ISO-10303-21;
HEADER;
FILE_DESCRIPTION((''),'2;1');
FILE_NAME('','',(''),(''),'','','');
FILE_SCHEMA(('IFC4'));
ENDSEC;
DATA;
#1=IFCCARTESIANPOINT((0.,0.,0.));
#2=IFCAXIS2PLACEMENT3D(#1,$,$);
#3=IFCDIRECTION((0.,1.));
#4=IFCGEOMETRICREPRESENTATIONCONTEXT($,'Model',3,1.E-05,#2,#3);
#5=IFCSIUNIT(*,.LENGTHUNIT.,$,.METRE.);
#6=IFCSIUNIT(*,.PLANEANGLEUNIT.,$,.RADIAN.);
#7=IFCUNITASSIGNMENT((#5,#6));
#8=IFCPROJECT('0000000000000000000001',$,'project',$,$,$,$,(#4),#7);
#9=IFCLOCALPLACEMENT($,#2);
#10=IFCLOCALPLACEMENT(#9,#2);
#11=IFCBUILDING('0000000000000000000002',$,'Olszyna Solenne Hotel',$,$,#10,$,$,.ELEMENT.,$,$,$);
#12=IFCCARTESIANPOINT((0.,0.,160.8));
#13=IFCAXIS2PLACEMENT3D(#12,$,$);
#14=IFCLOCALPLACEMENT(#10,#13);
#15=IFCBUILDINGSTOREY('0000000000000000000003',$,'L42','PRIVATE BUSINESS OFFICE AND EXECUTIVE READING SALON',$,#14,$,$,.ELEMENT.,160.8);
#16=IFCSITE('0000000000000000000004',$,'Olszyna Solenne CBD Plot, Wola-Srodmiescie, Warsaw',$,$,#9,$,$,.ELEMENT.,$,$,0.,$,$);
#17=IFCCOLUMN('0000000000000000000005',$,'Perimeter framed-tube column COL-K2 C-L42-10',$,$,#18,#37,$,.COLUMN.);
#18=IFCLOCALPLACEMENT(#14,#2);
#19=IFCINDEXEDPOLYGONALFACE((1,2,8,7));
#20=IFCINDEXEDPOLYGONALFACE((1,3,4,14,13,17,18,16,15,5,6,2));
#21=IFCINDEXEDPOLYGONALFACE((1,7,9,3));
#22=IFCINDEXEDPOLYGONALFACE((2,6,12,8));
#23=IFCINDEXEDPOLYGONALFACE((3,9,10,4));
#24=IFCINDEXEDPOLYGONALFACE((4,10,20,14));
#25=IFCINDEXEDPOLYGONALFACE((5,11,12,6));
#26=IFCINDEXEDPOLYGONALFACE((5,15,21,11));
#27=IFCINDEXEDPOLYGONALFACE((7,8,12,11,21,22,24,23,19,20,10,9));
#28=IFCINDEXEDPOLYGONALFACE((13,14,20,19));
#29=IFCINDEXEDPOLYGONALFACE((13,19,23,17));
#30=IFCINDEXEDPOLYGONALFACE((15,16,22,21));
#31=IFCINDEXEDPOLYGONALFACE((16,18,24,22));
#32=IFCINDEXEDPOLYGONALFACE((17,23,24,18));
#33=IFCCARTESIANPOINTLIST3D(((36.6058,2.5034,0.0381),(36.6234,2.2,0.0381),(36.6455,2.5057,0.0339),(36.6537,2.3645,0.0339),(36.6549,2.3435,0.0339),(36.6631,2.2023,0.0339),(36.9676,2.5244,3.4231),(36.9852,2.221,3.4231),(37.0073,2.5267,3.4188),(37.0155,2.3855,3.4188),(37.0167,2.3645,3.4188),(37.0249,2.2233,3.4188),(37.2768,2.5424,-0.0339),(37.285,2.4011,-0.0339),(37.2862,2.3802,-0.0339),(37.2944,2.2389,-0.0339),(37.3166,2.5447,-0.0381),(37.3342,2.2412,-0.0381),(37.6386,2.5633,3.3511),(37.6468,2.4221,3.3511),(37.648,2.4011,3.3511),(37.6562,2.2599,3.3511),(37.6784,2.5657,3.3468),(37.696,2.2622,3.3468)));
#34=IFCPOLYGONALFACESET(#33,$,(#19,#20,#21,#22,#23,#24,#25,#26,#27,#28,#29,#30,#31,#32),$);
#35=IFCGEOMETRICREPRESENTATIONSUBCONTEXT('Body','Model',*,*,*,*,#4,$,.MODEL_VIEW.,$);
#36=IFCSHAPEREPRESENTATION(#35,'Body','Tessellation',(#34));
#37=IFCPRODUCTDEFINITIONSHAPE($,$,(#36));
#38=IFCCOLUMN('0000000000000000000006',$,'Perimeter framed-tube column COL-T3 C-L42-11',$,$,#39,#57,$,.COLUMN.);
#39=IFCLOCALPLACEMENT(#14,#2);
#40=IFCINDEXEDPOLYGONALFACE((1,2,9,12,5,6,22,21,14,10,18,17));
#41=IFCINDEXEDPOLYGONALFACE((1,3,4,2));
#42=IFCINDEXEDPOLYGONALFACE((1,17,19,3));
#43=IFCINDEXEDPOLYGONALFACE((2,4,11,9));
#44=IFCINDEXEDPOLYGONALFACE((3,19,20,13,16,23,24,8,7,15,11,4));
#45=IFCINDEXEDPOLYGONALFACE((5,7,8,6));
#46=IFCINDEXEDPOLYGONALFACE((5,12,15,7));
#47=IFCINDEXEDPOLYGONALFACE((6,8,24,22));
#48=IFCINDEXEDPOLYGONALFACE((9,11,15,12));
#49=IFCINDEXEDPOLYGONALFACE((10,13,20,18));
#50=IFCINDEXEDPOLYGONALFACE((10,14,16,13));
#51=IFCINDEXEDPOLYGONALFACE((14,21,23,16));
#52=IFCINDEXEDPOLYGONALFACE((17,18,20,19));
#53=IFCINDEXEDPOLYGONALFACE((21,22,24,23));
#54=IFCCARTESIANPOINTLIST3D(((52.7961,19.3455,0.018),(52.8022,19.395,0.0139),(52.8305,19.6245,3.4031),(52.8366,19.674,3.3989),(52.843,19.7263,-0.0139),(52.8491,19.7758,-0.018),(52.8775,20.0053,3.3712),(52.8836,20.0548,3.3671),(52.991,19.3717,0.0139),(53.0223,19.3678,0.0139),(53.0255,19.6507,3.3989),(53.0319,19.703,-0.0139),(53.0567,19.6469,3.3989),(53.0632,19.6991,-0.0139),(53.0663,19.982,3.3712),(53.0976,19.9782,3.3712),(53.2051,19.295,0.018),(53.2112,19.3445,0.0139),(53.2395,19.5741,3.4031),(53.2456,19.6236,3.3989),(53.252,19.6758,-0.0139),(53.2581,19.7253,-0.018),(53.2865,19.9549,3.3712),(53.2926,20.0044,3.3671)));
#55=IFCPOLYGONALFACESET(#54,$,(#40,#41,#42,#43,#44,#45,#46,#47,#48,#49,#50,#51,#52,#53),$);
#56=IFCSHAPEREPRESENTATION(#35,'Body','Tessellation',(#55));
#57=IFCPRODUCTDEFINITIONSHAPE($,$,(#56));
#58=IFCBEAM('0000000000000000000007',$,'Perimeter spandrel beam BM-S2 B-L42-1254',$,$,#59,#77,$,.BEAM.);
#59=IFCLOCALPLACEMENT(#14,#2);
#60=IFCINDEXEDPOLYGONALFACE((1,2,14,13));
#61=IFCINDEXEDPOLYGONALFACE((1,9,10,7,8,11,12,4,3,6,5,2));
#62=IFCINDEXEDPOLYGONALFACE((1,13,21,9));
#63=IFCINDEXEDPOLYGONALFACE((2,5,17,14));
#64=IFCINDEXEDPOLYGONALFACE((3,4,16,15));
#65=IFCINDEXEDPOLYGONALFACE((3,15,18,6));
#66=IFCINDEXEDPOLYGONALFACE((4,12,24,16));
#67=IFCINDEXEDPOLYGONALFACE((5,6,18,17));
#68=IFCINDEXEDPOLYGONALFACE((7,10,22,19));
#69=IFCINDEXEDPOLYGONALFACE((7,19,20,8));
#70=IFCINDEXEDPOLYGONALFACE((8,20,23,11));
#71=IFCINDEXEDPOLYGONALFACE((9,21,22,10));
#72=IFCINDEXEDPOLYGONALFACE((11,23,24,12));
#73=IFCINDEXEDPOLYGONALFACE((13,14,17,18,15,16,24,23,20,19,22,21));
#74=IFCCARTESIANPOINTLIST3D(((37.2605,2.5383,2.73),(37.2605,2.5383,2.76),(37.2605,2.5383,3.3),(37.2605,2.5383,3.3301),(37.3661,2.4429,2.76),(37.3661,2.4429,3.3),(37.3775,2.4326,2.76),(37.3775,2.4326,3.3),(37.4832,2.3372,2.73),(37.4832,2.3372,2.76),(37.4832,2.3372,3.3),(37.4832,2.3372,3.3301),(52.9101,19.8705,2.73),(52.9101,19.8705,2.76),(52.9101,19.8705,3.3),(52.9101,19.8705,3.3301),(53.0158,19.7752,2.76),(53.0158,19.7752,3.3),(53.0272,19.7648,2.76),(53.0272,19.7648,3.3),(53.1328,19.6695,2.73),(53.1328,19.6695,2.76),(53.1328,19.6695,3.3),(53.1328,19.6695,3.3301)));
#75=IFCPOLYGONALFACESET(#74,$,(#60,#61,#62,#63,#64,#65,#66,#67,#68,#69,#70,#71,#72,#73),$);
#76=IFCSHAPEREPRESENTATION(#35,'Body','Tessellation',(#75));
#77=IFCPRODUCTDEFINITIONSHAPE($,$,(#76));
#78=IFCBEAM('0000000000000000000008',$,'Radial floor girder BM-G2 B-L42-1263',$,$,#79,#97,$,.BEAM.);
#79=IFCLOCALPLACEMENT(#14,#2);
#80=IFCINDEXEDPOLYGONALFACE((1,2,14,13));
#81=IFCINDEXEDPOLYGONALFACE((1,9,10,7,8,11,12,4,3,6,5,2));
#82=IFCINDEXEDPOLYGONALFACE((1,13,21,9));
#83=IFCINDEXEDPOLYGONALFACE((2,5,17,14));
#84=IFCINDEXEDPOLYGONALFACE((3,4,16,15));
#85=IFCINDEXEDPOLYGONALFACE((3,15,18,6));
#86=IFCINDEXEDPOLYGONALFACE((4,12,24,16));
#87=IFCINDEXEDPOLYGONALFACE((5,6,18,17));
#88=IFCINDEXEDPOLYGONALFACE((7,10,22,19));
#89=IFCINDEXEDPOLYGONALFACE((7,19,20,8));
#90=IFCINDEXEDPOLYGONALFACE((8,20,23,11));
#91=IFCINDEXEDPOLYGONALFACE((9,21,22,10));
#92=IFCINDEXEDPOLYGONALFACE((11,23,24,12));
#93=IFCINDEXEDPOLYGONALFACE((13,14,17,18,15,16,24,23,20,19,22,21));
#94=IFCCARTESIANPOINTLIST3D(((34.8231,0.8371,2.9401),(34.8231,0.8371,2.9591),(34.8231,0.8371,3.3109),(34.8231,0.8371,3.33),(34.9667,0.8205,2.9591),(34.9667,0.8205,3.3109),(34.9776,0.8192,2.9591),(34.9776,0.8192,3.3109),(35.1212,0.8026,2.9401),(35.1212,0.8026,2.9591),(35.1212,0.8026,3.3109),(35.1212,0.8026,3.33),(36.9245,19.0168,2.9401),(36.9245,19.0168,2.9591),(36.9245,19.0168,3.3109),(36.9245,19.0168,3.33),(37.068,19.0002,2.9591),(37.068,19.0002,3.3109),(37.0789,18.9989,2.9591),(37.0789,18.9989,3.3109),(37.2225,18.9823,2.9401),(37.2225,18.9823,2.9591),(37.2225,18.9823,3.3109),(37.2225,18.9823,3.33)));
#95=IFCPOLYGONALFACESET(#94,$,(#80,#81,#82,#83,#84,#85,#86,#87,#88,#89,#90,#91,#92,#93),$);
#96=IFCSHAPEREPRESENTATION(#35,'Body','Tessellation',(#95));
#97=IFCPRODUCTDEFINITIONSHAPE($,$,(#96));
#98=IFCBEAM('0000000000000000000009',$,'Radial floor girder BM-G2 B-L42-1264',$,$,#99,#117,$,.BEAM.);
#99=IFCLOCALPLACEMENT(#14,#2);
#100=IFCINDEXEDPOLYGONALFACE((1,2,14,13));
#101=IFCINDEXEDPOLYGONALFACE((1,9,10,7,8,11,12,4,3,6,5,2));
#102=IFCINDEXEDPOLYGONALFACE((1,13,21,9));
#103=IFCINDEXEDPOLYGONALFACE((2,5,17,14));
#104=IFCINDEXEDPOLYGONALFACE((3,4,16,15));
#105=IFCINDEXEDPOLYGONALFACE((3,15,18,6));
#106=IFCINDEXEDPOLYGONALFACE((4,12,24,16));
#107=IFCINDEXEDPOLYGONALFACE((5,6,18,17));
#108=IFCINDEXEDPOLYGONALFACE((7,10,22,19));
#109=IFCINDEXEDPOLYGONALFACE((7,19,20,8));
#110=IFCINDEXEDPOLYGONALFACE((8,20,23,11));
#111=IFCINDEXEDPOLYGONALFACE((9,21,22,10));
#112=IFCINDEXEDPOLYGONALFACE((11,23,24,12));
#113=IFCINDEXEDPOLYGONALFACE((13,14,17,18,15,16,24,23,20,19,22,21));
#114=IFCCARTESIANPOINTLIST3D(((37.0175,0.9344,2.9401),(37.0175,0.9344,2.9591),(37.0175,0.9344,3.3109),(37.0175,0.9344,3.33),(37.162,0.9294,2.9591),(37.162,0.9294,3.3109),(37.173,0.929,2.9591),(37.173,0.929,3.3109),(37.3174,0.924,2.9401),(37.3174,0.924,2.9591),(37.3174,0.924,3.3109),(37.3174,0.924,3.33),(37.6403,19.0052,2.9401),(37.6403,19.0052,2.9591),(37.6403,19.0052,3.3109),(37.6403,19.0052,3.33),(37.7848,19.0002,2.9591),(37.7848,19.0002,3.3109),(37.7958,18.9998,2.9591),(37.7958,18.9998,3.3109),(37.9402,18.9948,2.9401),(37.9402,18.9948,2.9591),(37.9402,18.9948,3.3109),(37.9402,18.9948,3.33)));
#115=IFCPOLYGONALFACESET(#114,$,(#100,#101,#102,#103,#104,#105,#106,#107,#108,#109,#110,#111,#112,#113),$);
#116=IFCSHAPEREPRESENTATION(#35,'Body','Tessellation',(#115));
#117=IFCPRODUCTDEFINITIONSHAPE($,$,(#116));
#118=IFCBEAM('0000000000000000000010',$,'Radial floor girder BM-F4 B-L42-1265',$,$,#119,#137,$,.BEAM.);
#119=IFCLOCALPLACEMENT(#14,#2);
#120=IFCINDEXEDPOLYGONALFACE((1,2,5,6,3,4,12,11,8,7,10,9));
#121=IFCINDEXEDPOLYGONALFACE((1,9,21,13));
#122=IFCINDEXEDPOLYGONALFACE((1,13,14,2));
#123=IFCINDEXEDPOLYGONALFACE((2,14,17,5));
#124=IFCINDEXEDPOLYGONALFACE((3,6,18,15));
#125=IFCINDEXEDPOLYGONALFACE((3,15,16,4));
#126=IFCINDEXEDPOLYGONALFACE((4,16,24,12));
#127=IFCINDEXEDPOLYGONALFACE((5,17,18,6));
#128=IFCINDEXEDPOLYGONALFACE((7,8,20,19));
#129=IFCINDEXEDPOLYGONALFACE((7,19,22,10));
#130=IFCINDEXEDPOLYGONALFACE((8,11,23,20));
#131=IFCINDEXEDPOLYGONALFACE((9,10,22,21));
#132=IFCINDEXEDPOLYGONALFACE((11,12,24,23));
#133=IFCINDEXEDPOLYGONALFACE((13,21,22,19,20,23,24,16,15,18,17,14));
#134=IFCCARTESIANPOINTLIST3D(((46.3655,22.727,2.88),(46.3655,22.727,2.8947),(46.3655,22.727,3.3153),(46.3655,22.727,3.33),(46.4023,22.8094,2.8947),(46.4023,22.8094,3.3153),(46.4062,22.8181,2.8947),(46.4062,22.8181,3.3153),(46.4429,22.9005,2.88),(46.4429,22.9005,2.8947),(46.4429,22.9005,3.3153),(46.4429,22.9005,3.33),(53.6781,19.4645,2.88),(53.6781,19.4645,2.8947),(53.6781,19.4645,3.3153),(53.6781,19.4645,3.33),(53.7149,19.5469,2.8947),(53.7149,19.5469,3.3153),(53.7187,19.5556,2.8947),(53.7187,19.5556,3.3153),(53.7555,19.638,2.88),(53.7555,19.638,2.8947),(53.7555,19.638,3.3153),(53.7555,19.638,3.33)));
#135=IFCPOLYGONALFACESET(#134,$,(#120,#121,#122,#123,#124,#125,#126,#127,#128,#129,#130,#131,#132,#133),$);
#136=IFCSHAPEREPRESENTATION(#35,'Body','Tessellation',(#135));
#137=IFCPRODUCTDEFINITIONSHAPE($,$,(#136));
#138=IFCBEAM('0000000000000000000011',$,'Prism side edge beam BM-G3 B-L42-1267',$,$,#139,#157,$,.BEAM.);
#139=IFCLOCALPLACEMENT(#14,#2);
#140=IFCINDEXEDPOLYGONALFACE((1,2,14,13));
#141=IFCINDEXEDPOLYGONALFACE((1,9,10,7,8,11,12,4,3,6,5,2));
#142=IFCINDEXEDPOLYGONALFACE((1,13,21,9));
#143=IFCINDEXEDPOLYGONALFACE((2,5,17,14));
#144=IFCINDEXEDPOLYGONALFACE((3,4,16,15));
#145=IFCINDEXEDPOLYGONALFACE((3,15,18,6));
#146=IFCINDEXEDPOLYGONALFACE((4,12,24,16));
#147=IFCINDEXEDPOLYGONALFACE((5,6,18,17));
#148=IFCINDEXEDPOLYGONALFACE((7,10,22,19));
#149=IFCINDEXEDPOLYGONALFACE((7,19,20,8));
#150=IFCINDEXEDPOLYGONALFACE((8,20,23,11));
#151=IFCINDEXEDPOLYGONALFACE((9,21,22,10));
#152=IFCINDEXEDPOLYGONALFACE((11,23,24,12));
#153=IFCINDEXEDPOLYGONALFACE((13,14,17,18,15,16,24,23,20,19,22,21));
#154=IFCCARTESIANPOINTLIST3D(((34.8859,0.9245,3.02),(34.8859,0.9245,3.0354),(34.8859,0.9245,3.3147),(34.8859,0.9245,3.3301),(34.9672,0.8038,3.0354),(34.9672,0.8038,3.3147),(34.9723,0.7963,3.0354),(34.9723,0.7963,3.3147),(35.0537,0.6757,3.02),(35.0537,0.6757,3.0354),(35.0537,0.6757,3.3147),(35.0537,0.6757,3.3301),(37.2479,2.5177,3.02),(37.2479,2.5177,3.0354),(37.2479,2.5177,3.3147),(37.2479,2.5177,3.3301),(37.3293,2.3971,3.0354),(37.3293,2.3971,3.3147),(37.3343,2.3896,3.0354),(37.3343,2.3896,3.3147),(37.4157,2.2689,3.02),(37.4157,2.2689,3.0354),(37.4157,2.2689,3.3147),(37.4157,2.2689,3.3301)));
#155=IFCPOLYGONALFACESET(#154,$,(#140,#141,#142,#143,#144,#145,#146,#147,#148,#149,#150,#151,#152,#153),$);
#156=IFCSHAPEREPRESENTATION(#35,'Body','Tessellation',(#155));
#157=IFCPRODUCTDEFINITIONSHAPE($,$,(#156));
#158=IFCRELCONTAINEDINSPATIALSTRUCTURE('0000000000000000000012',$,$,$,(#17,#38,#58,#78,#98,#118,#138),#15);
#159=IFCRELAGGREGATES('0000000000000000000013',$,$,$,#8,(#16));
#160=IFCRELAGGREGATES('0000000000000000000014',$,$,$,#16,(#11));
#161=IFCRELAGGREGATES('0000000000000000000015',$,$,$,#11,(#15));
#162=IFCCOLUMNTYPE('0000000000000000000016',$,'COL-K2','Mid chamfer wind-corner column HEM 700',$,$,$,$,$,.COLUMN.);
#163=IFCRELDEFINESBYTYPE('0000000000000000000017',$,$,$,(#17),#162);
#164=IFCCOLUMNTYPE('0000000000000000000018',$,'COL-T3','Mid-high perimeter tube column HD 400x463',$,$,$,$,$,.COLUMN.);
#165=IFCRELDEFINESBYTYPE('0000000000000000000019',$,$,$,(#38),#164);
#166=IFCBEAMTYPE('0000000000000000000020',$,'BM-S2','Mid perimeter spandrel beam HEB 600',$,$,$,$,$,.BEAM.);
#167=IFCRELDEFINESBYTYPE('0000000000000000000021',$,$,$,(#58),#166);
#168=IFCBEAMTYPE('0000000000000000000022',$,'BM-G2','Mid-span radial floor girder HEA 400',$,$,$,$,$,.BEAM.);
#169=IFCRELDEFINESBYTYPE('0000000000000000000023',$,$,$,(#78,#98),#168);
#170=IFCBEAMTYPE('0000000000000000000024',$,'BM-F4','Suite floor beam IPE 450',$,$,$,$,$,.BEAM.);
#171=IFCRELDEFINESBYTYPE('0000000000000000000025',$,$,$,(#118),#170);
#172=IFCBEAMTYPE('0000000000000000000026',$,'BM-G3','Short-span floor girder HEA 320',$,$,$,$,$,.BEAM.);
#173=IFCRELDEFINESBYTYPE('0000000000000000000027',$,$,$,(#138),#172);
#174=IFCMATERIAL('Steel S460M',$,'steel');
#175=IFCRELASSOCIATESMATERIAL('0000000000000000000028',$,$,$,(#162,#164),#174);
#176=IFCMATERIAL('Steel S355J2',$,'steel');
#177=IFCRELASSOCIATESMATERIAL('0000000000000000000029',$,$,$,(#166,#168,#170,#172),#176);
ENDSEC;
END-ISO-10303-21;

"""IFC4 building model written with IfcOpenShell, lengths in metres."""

from ifc_helpers import new_model, si_unit, direction, frame, origin, origin_2d, place, context, subcontext, project, spatial, i_section, extrude, source, transform, mapped, material, material_profile, profile_set, type_object, element, save


model = new_model("IFC4")

# Units and contexts
model_context = context("Model", 3, precision=1e-05, world=origin(), true_north=direction((0.0, 1.0)))
body_context = subcontext(model_context, "Body", "Model", "MODEL_VIEW")
ifc_project = project(units=[si_unit("LENGTHUNIT", "METRE"), si_unit("PLANEANGLEUNIT", "RADIAN")], contexts=[model_context])

# Site, building, storey
site_placement = place(None, origin())
site = spatial("IfcSite", under=ifc_project, at=site_placement, Name="Olszyna Solenne CBD Plot, Wola-Srodmiescie, Warsaw", CompositionType="ELEMENT", RefElevation=0.0)
building_placement = place(site_placement, origin())
building = spatial("IfcBuilding", under=site, at=building_placement, Name="Olszyna Solenne Hotel", CompositionType="ELEMENT")
storey_placement = place(building_placement, frame((0.0, 0.0, 160.8)))
storey = spatial("IfcBuildingStorey", under=building, at=storey_placement, Name="L42", Description="PRIVATE BUSINESS OFFICE AND EXECUTIVE READING SALON", CompositionType="ELEMENT", Elevation=160.8)

# Columns
ifc_material_1 = material(Name="Steel S460M", Category="steel")
ifc_material_profile_1 = material_profile(ifc_material_1, i_section(OverallWidth=0.304, OverallDepth=0.7161, WebThickness=0.021, FlangeThickness=0.04, at=origin_2d()), Name="HEM 700", Category="load-bearing")
ifc_profile_set_1 = profile_set([ifc_material_profile_1], Name="Steel S460M")
column_type_1 = type_object("IfcColumnType", Name="COL-K2", Description="Mid chamfer wind-corner column HEM 700", PredefinedType="COLUMN", material=ifc_profile_set_1)
shared_shape_1 = source(origin(), body_context, "Body", "SweptSolid", [
    extrude(i_section(OverallWidth=0.304, OverallDepth=0.7161, WebThickness=0.021, FlangeThickness=0.04, at=origin_2d()), origin(), (0.0, 0.0, 1.0), 3.4043),
])
column_1_placement = place(storey_placement, frame((36.97, 2.3723, 0.0), z_axis=(0.10628, 0.006167, 0.994317), x_axis=(-0.057932, 0.998321, 0.0)))
element("IfcColumn", 1, at=column_1_placement, inside=storey, type_object=column_type_1, Name="Perimeter framed-tube column COL-K2 C-L42-10", PredefinedType="COLUMN", context=body_context, shape_type="MappedRepresentation", body=[
    mapped(shared_shape_1, transform((0.0, 0.0, 0.0), x_axis=(1.0, 0.0, 0.0), y_axis=(0.0, 1.0, 0.0), z_axis=(0.0, 0.0, 1.0), scale=1.0)),
])
ifc_material_profile_2 = material_profile(ifc_material_1, i_section(OverallWidth=0.4121, OverallDepth=0.4351, WebThickness=0.0315, FlangeThickness=0.05, at=origin_2d()), Name="HD 400x463", Category="load-bearing")
ifc_profile_set_2 = profile_set([ifc_material_profile_2], Name="Steel S460M")
column_type_2 = type_object("IfcColumnType", Name="COL-T3", Description="Mid-high perimeter tube column HD 400x463", PredefinedType="COLUMN", material=ifc_profile_set_2)
shared_shape_2 = source(origin(), body_context, "Body", "SweptSolid", [
    extrude(i_section(OverallWidth=0.4121, OverallDepth=0.4351, WebThickness=0.0315, FlangeThickness=0.05, at=origin_2d()), origin(), (0.0, 0.0, 1.0), 3.3967),
])
column_2_placement = place(storey_placement, frame((53.0271, 19.5354, 0.0), z_axis=(0.010135, 0.082155, 0.996568), x_axis=(-0.992477, 0.122432, 0.0)))
element("IfcColumn", 2, at=column_2_placement, inside=storey, type_object=column_type_2, Name="Perimeter framed-tube column COL-T3 C-L42-11", PredefinedType="COLUMN", context=body_context, shape_type="MappedRepresentation", body=[
    mapped(shared_shape_2, transform((0.0, 0.0, 0.0), x_axis=(1.0, 0.0, 0.0), y_axis=(0.0, 1.0, 0.0), z_axis=(0.0, 0.0, 1.0), scale=1.0)),
])

# Beams
ifc_material_2 = material(Name="Steel S355J2", Category="steel")
ifc_material_profile_3 = material_profile(ifc_material_2, i_section(OverallWidth=0.3, OverallDepth=0.6001, WebThickness=0.0154, FlangeThickness=0.03, at=origin_2d()), Name="HEB 600", Category="load-bearing")
ifc_profile_set_3 = profile_set([ifc_material_profile_3], Name="Steel S355J2")
beam_type_1 = type_object("IfcBeamType", Name="BM-S2", Description="Mid perimeter spandrel beam HEB 600", PredefinedType="BEAM", material=ifc_profile_set_3)
shared_shape_3 = source(origin(), body_context, "Body", "SweptSolid", [
    extrude(i_section(OverallWidth=0.3, OverallDepth=0.6001, WebThickness=0.0154, FlangeThickness=0.03, at=origin_2d()), origin(), (0.0, 0.0, 1.0), 23.3521),
])
beam_1_placement = place(storey_placement, frame((37.3718, 2.4377, 3.03), z_axis=(0.670161, 0.742216, 0.0), x_axis=(-0.742216, 0.670161, 0.0)))
element("IfcBeam", 3, at=beam_1_placement, inside=storey, type_object=beam_type_1, Name="Perimeter spandrel beam BM-S2 B-L42-1254", PredefinedType="BEAM", context=body_context, shape_type="MappedRepresentation", body=[
    mapped(shared_shape_3, transform((0.0, 0.0, 0.0), x_axis=(1.0, 0.0, 0.0), y_axis=(0.0, 1.0, 0.0), z_axis=(0.0, 0.0, 1.0), scale=1.0)),
])
ifc_material_profile_4 = material_profile(ifc_material_2, i_section(OverallWidth=0.3, OverallDepth=0.3899, WebThickness=0.011, FlangeThickness=0.019, at=origin_2d()), Name="HEA 400", Category="load-bearing")
ifc_profile_set_4 = profile_set([ifc_material_profile_4], Name="Steel S355J2")
beam_type_2 = type_object("IfcBeamType", Name="BM-G2", Description="Mid-span radial floor girder HEA 400", PredefinedType="BEAM", material=ifc_profile_set_4)
shared_shape_4 = source(origin(), body_context, "Body", "SweptSolid", [
    extrude(i_section(OverallWidth=0.3, OverallDepth=0.3899, WebThickness=0.011, FlangeThickness=0.019, at=origin_2d()), origin(), (0.0, 0.0, 1.0), 18.3008),
])
beam_2_placement = place(storey_placement, frame((34.9722, 0.8198, 3.135), z_axis=(0.114822, 0.993386, 0.0), x_axis=(-0.993386, 0.114822, 0.0)))
element("IfcBeam", 4, at=beam_2_placement, inside=storey, type_object=beam_type_2, Name="Radial floor girder BM-G2 B-L42-1263", PredefinedType="BEAM", context=body_context, shape_type="MappedRepresentation", body=[
    mapped(shared_shape_4, transform((0.0, 0.0, 0.0), x_axis=(1.0, 0.0, 0.0), y_axis=(0.0, 1.0, 0.0), z_axis=(0.0, 0.0, 1.0), scale=1.0)),
])
shared_shape_5 = source(origin(), body_context, "Body", "SweptSolid", [
    extrude(i_section(OverallWidth=0.3, OverallDepth=0.3899, WebThickness=0.011, FlangeThickness=0.019, at=origin_2d()), origin(), (0.0, 0.0, 1.0), 18.0815),
])
beam_3_placement = place(storey_placement, frame((37.1675, 0.9292, 3.135), z_axis=(0.034444, 0.999407, 0.0), x_axis=(-0.999407, 0.034444, 0.0)))
element("IfcBeam", 5, at=beam_3_placement, inside=storey, type_object=beam_type_2, Name="Radial floor girder BM-G2 B-L42-1264", PredefinedType="BEAM", context=body_context, shape_type="MappedRepresentation", body=[
    mapped(shared_shape_5, transform((0.0, 0.0, 0.0), x_axis=(1.0, 0.0, 0.0), y_axis=(0.0, 1.0, 0.0), z_axis=(0.0, 0.0, 1.0), scale=1.0)),
])
ifc_material_profile_5 = material_profile(ifc_material_2, i_section(OverallWidth=0.1899, OverallDepth=0.45, WebThickness=0.0095, FlangeThickness=0.0146, at=origin_2d()), Name="IPE 450", Category="load-bearing")
ifc_profile_set_5 = profile_set([ifc_material_profile_5], Name="Steel S355J2")
beam_type_3 = type_object("IfcBeamType", Name="BM-F4", Description="Suite floor beam IPE 450", PredefinedType="BEAM", material=ifc_profile_set_5)
shared_shape_6 = source(origin(), body_context, "Body", "SweptSolid", [
    extrude(i_section(OverallWidth=0.1899, OverallDepth=0.45, WebThickness=0.0095, FlangeThickness=0.0146, at=origin_2d()), origin(), (0.0, 0.0, 1.0), 8.0073),
])
beam_4_placement = place(storey_placement, frame((53.7168, 19.5513, 3.105), z_axis=(-0.913234, 0.407437, 0.0), x_axis=(-0.407437, -0.913234, 0.0)))
element("IfcBeam", 6, at=beam_4_placement, inside=storey, type_object=beam_type_3, Name="Radial floor girder BM-F4 B-L42-1265", PredefinedType="BEAM", context=body_context, shape_type="MappedRepresentation", body=[
    mapped(shared_shape_6, transform((0.0, 0.0, 0.0), x_axis=(1.0, 0.0, 0.0), y_axis=(0.0, 1.0, 0.0), z_axis=(0.0, 0.0, 1.0), scale=1.0)),
])
ifc_material_profile_6 = material_profile(ifc_material_2, i_section(OverallWidth=0.3, OverallDepth=0.3101, WebThickness=0.009, FlangeThickness=0.0154, at=origin_2d()), Name="HEA 320", Category="load-bearing")
ifc_profile_set_6 = profile_set([ifc_material_profile_6], Name="Steel S355J2")
beam_type_4 = type_object("IfcBeamType", Name="BM-G3", Description="Short-span floor girder HEA 320", PredefinedType="BEAM", material=ifc_profile_set_6)
shared_shape_7 = source(origin(), body_context, "Body", "SweptSolid", [
    extrude(i_section(OverallWidth=0.3, OverallDepth=0.3101, WebThickness=0.009, FlangeThickness=0.0154, at=origin_2d()), origin(), (0.0, 0.0, 1.0), 2.8491),
])
beam_5_placement = place(storey_placement, frame((37.3318, 2.3933, 3.175), z_axis=(-0.829032, -0.559201, 0.0), x_axis=(0.559201, -0.829032, 0.0)))
element("IfcBeam", 7, at=beam_5_placement, inside=storey, type_object=beam_type_4, Name="Prism side edge beam BM-G3 B-L42-1267", PredefinedType="BEAM", context=body_context, shape_type="MappedRepresentation", body=[
    mapped(shared_shape_7, transform((0.0, 0.0, 0.0), x_axis=(1.0, 0.0, 0.0), y_axis=(0.0, 1.0, 0.0), z_axis=(0.0, 0.0, 1.0), scale=1.0)),
])

save(model, "model.ifc")
